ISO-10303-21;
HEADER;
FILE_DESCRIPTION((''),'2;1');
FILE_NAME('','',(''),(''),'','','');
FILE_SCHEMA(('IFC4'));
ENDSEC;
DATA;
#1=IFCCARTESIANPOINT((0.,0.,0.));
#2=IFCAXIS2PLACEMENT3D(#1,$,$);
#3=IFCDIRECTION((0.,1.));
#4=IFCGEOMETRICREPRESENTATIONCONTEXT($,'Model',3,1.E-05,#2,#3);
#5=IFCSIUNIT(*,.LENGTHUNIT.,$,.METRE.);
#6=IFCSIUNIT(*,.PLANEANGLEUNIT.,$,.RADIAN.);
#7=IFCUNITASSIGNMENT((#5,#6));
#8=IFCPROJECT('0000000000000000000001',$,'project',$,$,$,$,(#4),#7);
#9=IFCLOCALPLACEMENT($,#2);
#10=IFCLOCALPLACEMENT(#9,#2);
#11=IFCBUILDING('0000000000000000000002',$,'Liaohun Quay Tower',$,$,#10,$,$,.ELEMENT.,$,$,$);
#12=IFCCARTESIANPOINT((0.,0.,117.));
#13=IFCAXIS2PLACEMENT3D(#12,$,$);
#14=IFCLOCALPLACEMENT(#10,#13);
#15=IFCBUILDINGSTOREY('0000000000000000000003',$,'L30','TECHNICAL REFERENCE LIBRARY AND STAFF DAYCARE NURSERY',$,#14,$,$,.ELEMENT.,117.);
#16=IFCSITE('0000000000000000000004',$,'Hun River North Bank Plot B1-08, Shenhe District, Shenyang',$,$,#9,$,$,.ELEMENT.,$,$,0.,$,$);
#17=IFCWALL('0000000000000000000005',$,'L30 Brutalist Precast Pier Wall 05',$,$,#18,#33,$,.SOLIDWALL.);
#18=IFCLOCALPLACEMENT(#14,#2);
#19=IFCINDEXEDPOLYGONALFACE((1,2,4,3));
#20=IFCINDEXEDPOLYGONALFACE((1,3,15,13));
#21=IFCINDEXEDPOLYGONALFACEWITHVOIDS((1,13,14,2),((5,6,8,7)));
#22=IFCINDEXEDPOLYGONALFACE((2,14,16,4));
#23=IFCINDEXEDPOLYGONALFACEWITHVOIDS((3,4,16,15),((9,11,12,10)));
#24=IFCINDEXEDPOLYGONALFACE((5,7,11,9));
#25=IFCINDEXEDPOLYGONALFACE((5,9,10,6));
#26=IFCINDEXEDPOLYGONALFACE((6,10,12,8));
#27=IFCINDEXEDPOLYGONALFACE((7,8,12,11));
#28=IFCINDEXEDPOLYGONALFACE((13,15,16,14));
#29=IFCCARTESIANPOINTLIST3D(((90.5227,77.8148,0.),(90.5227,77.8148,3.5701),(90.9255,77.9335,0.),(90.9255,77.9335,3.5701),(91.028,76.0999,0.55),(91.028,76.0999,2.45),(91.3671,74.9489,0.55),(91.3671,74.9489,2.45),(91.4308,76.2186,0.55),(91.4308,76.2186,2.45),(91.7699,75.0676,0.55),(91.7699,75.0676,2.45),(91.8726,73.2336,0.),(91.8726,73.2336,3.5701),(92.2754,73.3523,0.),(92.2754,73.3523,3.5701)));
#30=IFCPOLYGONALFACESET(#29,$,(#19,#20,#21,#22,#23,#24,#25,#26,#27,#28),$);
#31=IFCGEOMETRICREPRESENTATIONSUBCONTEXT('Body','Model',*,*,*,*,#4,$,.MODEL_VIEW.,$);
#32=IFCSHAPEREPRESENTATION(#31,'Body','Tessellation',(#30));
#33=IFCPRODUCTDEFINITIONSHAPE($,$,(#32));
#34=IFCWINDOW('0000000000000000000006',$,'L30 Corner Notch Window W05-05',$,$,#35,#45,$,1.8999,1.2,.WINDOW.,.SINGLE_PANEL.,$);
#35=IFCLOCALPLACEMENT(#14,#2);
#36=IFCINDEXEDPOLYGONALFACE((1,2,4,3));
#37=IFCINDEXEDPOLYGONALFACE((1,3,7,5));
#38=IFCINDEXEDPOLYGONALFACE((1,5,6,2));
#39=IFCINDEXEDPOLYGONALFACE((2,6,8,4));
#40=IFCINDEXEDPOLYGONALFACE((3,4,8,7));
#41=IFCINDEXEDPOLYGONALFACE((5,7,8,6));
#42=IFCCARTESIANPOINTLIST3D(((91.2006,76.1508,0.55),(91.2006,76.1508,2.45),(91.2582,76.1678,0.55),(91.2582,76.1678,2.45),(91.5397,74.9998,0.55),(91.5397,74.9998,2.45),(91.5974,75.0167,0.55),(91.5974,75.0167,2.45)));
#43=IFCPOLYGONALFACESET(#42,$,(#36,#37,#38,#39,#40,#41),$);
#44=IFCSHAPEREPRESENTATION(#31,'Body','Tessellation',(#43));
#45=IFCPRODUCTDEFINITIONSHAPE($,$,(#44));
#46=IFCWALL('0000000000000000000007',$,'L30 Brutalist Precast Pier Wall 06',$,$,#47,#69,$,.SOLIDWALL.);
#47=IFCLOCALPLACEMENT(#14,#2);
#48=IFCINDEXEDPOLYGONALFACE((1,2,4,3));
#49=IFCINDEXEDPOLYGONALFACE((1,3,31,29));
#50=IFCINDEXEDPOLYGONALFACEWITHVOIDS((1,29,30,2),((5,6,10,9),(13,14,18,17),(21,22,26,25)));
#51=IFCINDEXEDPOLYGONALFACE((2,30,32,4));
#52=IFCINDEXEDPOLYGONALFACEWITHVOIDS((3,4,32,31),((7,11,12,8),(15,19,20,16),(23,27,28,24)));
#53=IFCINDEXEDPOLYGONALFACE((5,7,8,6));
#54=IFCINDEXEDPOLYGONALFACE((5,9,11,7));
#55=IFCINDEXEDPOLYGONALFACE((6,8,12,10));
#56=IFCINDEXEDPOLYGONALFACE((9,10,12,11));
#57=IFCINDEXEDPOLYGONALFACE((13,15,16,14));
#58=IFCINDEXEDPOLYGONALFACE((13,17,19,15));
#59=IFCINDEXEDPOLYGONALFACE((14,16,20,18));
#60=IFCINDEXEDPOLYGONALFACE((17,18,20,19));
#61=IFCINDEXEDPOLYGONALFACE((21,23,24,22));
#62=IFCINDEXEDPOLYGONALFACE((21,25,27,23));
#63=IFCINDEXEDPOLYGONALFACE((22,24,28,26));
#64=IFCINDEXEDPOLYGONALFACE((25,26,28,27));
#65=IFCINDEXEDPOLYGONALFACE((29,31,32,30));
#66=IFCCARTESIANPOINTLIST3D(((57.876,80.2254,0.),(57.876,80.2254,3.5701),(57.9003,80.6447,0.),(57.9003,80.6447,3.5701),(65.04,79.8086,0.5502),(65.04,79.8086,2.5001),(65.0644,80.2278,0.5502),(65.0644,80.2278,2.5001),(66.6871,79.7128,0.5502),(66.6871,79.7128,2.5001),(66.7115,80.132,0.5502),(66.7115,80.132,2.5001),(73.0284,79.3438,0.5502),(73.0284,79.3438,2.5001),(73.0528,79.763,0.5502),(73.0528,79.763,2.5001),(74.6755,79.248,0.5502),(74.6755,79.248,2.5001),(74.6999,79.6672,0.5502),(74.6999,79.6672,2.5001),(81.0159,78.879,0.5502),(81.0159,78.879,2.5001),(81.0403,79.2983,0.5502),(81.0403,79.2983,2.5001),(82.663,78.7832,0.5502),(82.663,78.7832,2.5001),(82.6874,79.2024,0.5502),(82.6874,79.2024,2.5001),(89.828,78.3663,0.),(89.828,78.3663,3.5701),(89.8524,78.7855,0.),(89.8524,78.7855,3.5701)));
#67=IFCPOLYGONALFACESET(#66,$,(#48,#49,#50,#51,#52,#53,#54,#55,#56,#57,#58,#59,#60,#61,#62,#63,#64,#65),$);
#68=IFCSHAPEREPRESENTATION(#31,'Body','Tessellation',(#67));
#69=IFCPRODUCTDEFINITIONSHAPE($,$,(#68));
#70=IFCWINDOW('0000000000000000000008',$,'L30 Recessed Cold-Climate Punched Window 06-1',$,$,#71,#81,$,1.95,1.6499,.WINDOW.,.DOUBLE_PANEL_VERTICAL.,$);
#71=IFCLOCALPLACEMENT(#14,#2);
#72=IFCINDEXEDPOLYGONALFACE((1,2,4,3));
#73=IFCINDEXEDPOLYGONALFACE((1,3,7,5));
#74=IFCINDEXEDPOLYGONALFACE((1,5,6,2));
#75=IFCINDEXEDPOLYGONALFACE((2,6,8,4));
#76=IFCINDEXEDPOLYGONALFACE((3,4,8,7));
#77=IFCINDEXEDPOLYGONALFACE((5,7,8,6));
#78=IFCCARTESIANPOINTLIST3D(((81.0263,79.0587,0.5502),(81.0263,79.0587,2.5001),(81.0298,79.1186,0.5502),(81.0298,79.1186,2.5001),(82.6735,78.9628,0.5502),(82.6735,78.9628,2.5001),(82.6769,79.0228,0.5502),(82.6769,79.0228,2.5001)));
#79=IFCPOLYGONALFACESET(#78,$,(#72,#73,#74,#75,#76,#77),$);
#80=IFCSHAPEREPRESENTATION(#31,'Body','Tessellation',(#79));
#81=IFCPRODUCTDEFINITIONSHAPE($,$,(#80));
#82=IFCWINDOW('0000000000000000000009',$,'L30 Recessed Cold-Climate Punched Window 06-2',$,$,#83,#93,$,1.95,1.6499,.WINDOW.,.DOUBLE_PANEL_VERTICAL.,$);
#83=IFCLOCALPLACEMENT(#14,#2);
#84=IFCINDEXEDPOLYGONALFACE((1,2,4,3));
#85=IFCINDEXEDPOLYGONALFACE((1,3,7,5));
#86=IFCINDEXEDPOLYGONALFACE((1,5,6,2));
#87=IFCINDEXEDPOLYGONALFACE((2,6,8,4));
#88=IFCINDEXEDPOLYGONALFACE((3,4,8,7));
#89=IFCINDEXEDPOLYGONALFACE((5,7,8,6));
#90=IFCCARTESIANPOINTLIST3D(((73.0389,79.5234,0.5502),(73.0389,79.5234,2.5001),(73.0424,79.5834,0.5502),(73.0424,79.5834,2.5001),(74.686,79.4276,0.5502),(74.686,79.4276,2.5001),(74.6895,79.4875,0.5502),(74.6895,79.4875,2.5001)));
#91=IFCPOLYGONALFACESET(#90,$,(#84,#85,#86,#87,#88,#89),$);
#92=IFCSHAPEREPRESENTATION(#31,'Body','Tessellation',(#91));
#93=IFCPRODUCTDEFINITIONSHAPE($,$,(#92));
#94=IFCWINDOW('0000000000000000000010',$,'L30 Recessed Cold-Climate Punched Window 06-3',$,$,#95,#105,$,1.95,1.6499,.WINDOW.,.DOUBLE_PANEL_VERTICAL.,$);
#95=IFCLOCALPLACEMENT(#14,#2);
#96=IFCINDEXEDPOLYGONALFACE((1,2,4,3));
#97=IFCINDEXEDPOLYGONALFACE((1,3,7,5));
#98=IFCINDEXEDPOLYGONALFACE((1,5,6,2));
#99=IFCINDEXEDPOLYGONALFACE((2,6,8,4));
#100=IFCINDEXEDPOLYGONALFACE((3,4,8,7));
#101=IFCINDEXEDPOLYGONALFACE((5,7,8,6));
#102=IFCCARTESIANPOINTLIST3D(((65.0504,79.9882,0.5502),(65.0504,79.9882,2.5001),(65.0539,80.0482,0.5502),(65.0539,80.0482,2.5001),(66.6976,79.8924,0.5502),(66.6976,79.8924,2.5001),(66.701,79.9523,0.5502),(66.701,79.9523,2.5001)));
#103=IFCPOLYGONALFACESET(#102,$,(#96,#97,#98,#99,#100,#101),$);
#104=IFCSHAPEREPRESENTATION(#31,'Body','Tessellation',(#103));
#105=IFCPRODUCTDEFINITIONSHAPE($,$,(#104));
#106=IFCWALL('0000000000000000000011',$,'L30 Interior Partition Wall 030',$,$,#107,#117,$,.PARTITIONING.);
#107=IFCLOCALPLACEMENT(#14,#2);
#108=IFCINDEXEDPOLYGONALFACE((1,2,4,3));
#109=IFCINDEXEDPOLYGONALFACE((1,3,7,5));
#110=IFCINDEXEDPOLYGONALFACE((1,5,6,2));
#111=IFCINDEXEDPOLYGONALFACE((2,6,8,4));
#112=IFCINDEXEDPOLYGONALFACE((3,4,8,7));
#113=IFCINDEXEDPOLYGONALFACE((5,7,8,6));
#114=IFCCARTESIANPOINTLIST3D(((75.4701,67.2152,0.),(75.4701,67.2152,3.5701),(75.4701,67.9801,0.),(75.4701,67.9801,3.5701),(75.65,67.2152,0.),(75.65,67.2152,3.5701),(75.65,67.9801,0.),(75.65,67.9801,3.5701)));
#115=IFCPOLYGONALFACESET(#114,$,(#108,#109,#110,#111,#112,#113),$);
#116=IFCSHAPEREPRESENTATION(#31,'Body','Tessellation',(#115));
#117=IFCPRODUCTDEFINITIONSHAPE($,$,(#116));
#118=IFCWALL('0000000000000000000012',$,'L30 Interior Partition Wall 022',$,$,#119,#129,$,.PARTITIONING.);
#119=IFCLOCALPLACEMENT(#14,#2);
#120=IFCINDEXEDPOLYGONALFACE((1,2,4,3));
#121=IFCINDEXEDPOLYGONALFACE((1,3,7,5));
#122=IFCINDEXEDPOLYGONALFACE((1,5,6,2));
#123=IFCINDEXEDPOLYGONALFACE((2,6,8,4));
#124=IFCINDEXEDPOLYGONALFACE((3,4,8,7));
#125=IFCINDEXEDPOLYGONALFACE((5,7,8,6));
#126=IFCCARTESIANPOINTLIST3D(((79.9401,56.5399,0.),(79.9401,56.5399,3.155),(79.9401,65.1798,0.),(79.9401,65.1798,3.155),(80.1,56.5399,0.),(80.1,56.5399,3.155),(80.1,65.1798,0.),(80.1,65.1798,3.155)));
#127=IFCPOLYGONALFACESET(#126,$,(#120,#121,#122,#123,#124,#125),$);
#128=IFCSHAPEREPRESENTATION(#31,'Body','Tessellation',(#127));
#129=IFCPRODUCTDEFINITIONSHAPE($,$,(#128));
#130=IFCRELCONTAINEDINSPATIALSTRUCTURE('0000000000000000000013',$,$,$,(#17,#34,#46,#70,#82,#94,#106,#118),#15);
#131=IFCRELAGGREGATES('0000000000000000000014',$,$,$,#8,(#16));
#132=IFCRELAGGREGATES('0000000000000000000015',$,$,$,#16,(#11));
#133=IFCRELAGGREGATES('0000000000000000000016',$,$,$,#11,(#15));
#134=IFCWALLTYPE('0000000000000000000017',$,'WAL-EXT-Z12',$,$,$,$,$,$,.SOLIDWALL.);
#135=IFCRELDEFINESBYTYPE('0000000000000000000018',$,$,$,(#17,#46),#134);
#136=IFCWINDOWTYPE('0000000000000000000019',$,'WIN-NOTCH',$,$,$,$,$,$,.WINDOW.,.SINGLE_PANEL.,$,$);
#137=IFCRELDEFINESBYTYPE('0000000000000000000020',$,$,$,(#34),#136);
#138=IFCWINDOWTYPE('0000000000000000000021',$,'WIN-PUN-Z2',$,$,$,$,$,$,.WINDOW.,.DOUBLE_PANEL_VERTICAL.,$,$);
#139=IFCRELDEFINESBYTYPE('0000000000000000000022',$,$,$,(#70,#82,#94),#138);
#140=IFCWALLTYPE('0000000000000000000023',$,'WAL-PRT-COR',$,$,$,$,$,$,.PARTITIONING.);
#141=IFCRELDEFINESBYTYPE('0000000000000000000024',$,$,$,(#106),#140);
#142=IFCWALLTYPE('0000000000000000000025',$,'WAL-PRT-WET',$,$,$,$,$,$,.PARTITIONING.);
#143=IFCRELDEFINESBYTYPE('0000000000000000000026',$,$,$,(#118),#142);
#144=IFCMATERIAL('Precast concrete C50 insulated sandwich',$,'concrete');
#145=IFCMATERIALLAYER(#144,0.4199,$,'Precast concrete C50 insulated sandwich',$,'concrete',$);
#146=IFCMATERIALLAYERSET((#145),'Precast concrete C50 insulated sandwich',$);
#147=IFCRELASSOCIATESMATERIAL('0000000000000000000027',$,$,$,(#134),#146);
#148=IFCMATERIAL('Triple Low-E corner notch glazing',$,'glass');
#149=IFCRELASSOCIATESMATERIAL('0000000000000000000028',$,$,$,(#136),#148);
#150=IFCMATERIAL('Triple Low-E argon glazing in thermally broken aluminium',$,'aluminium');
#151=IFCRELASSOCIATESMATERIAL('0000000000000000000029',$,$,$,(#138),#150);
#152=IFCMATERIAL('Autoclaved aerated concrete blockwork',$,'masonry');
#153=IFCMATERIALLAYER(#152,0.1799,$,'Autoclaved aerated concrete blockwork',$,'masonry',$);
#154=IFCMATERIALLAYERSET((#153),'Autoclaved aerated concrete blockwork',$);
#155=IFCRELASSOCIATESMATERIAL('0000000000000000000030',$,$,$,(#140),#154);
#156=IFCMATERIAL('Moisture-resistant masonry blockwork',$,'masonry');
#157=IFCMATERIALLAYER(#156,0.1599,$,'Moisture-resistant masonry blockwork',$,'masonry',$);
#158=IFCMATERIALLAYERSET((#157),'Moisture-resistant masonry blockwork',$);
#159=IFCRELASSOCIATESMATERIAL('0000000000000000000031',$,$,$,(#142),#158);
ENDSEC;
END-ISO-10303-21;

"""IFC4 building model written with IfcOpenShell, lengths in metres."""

from ifc_helpers import new_model, si_unit, direction, frame, frame_2d, origin, place, context, subcontext, project, spatial, rectangle, extrude, source, transform, mapped, material, layer, layer_set, type_object, element, fill, save


model = new_model("IFC4")

# Units and contexts
model_context = context("Model", 3, precision=1e-05, world=origin(), true_north=direction((0.0, 1.0)))
body_context = subcontext(model_context, "Body", "Model", "MODEL_VIEW")
ifc_project = project(units=[si_unit("LENGTHUNIT", "METRE"), si_unit("PLANEANGLEUNIT", "RADIAN")], contexts=[model_context])

# Site, building, storey
site_placement = place(None, origin())
site = spatial("IfcSite", under=ifc_project, at=site_placement, Name="Hun River North Bank Plot B1-08, Shenhe District, Shenyang", CompositionType="ELEMENT", RefElevation=0.0)
building_placement = place(site_placement, origin())
building = spatial("IfcBuilding", under=site, at=building_placement, Name="Liaohun Quay Tower", CompositionType="ELEMENT")
storey_placement = place(building_placement, frame((0.0, 0.0, 117.0)))
storey = spatial("IfcBuildingStorey", under=building, at=storey_placement, Name="L30", Description="TECHNICAL REFERENCE LIBRARY AND STAFF DAYCARE NURSERY", CompositionType="ELEMENT", Elevation=117.0)

# Wall, opening, window
ifc_material_1 = material(Name="Precast concrete C50 insulated sandwich", Category="concrete")
ifc_layer_1 = layer(ifc_material_1, 0.4199, Name="Precast concrete C50 insulated sandwich", Category="concrete")
ifc_layer_set_1 = layer_set([ifc_layer_1], Name="Precast concrete C50 insulated sandwich")
wall_type_1 = type_object("IfcWallType", Name="WAL-EXT-Z12", PredefinedType="SOLIDWALL", material=ifc_layer_set_1)
shared_shape_1 = source(origin(), body_context, "Body", "SweptSolid", [
    extrude(rectangle(XDim=1.2, YDim=1.8999, at=frame_2d((0.6001, 0.95))), frame((0.0, 0.22, 0.0), z_axis=(0.0, -1.0, 0.0), x_axis=(1.0, 0.0, 0.0)), (0.0, 0.0, 1.0), 0.4399),
])
ifc_material_2 = material(Name="Triple Low-E corner notch glazing", Category="glass")
window_type_1 = type_object("IfcWindowType", Name="WIN-NOTCH", PartitioningType="SINGLE_PANEL", PredefinedType="WINDOW", material=ifc_material_2)
shared_shape_2 = source(origin(), body_context, "Body", "SweptSolid", [
    extrude(rectangle(XDim=1.2, YDim=1.8999, at=frame_2d((0.6001, 0.95))), frame((0.0, 0.03, 0.0), z_axis=(0.0, -1.0, 0.0), x_axis=(1.0, 0.0, 0.0)), (0.0, 0.0, 1.0), 0.0601),
])
wall_1_placement = place(storey_placement, frame((92.074, 73.293, 0.0), z_axis=(0.0, 0.0, 1.0), x_axis=(-0.282645, 0.959225, 0.0)))
wall_1 = element("IfcWall", 1, at=wall_1_placement, inside=storey, type_object=wall_type_1, Name="L30 Brutalist Precast Pier Wall 05", PredefinedType="SOLIDWALL", context=body_context, shape_type="SweptSolid", body=[
    extrude(rectangle(XDim=4.7759, YDim=0.4199, at=frame_2d((2.3879, 0.0))), origin(), (0.0, 0.0, 1.0), 3.5701),
])
opening_1_placement = place(wall_1_placement, frame((1.7881, 0.0, 0.55)))
opening_1 = element("IfcOpeningElement", 2, at=opening_1_placement, cuts=wall_1, PredefinedType="OPENING", context=body_context, shape_type="MappedRepresentation", body=[
    mapped(shared_shape_1, transform((0.0, 0.0, 0.0), x_axis=(1.0, 0.0, 0.0), y_axis=(0.0, 1.0, 0.0), z_axis=(0.0, 0.0, 1.0), scale=1.0)),
])
window_1_placement = place(opening_1_placement, origin())
window_1 = element("IfcWindow", 3, at=window_1_placement, inside=storey, type_object=window_type_1, Name="L30 Corner Notch Window W05-05", OverallHeight=1.8999, OverallWidth=1.2, PartitioningType="SINGLE_PANEL", PredefinedType="WINDOW", context=body_context, shape_type="MappedRepresentation", body=[
    mapped(shared_shape_2, transform((0.0, 0.0, 0.0), x_axis=(1.0, 0.0, 0.0), y_axis=(0.0, 1.0, 0.0), z_axis=(0.0, 0.0, 1.0), scale=1.0)),
])
fill(opening_1, window_1)

# Wall, openings, windows
wall_2_placement = place(storey_placement, frame((89.8401, 78.5759, 0.0), z_axis=(0.0, 0.0, 1.0), x_axis=(-0.998312, 0.058087, 0.0)))
wall_2 = element("IfcWall", 4, at=wall_2_placement, inside=storey, type_object=wall_type_1, Name="L30 Brutalist Precast Pier Wall 06", PredefinedType="SOLIDWALL", context=body_context, shape_type="SweptSolid", body=[
    extrude(rectangle(XDim=32.0061, YDim=0.4199, at=frame_2d((16.0029, 0.0))), origin(), (0.0, 0.0, 1.0), 3.5701),
])
shared_shape_3 = source(origin(), body_context, "Body", "SweptSolid", [
    extrude(rectangle(XDim=1.6499, YDim=1.95, at=frame_2d((0.825, 0.9751))), frame((0.0, 0.22, 0.0), z_axis=(0.0, -1.0, 0.0), x_axis=(1.0, 0.0, 0.0)), (0.0, 0.0, 1.0), 0.4399),
])
opening_2_placement = place(wall_2_placement, frame((7.177, 0.0, 0.55)))
opening_2 = element("IfcOpeningElement", 5, at=opening_2_placement, cuts=wall_2, PredefinedType="OPENING", context=body_context, shape_type="MappedRepresentation", body=[
    mapped(shared_shape_3, transform((0.0, 0.0, 0.0), x_axis=(1.0, 0.0, 0.0), y_axis=(0.0, 1.0, 0.0), z_axis=(0.0, 0.0, 1.0), scale=1.0)),
])
opening_3_placement = place(wall_2_placement, frame((15.178, 0.0, 0.55)))
opening_3 = element("IfcOpeningElement", 6, at=opening_3_placement, cuts=wall_2, PredefinedType="OPENING", context=body_context, shape_type="MappedRepresentation", body=[
    mapped(shared_shape_3, transform((0.0, 0.0, 0.0), x_axis=(1.0, 0.0, 0.0), y_axis=(0.0, 1.0, 0.0), z_axis=(0.0, 0.0, 1.0), scale=1.0)),
])
opening_4_placement = place(wall_2_placement, frame((23.1799, 0.0, 0.55)))
opening_4 = element("IfcOpeningElement", 7, at=opening_4_placement, cuts=wall_2, PredefinedType="OPENING", context=body_context, shape_type="MappedRepresentation", body=[
    mapped(shared_shape_3, transform((0.0, 0.0, 0.0), x_axis=(1.0, 0.0, 0.0), y_axis=(0.0, 1.0, 0.0), z_axis=(0.0, 0.0, 1.0), scale=1.0)),
])
ifc_material_3 = material(Name="Triple Low-E argon glazing in thermally broken aluminium", Category="aluminium")
window_type_2 = type_object("IfcWindowType", Name="WIN-PUN-Z2", PartitioningType="DOUBLE_PANEL_VERTICAL", PredefinedType="WINDOW", material=ifc_material_3)
shared_shape_4 = source(origin(), body_context, "Body", "SweptSolid", [
    extrude(rectangle(XDim=1.6499, YDim=1.95, at=frame_2d((0.825, 0.9751))), frame((0.0, 0.03, 0.0), z_axis=(0.0, -1.0, 0.0), x_axis=(1.0, 0.0, 0.0)), (0.0, 0.0, 1.0), 0.0601),
])
window_2_placement = place(opening_2_placement, origin())
window_2 = element("IfcWindow", 8, at=window_2_placement, inside=storey, type_object=window_type_2, Name="L30 Recessed Cold-Climate Punched Window 06-1", OverallHeight=1.95, OverallWidth=1.6499, PartitioningType="DOUBLE_PANEL_VERTICAL", PredefinedType="WINDOW", context=body_context, shape_type="MappedRepresentation", body=[
    mapped(shared_shape_4, transform((0.0, 0.0, 0.0), x_axis=(1.0, 0.0, 0.0), y_axis=(0.0, 1.0, 0.0), z_axis=(0.0, 0.0, 1.0), scale=1.0)),
])
fill(opening_2, window_2)
window_3_placement = place(opening_3_placement, origin())
window_3 = element("IfcWindow", 9, at=window_3_placement, inside=storey, type_object=window_type_2, Name="L30 Recessed Cold-Climate Punched Window 06-2", OverallHeight=1.95, OverallWidth=1.6499, PartitioningType="DOUBLE_PANEL_VERTICAL", PredefinedType="WINDOW", context=body_context, shape_type="MappedRepresentation", body=[
    mapped(shared_shape_4, transform((0.0, 0.0, 0.0), x_axis=(1.0, 0.0, 0.0), y_axis=(0.0, 1.0, 0.0), z_axis=(0.0, 0.0, 1.0), scale=1.0)),
])
fill(opening_3, window_3)
window_4_placement = place(opening_4_placement, origin())
window_4 = element("IfcWindow", 10, at=window_4_placement, inside=storey, type_object=window_type_2, Name="L30 Recessed Cold-Climate Punched Window 06-3", OverallHeight=1.95, OverallWidth=1.6499, PartitioningType="DOUBLE_PANEL_VERTICAL", PredefinedType="WINDOW", context=body_context, shape_type="MappedRepresentation", body=[
    mapped(shared_shape_4, transform((0.0, 0.0, 0.0), x_axis=(1.0, 0.0, 0.0), y_axis=(0.0, 1.0, 0.0), z_axis=(0.0, 0.0, 1.0), scale=1.0)),
])
fill(opening_4, window_4)

# Walls
ifc_material_4 = material(Name="Autoclaved aerated concrete blockwork", Category="masonry")
ifc_layer_2 = layer(ifc_material_4, 0.1799, Name="Autoclaved aerated concrete blockwork", Category="masonry")
ifc_layer_set_2 = layer_set([ifc_layer_2], Name="Autoclaved aerated concrete blockwork")
wall_type_2 = type_object("IfcWallType", Name="WAL-PRT-COR", PredefinedType="PARTITIONING", material=ifc_layer_set_2)
wall_3_placement = place(storey_placement, frame((75.5601, 67.98, 0.0), z_axis=(0.0, 0.0, 1.0), x_axis=(0.0, -1.0, 0.0)))
element("IfcWall", 11, at=wall_3_placement, inside=storey, type_object=wall_type_2, Name="L30 Interior Partition Wall 030", PredefinedType="PARTITIONING", context=body_context, shape_type="SweptSolid", body=[
    extrude(rectangle(XDim=0.7649, YDim=0.1799, at=frame_2d((0.3823, 0.0))), origin(), (0.0, 0.0, 1.0), 3.5701),
])
ifc_material_5 = material(Name="Moisture-resistant masonry blockwork", Category="masonry")
ifc_layer_3 = layer(ifc_material_5, 0.1599, Name="Moisture-resistant masonry blockwork", Category="masonry")
ifc_layer_set_3 = layer_set([ifc_layer_3], Name="Moisture-resistant masonry blockwork")
wall_type_3 = type_object("IfcWallType", Name="WAL-PRT-WET", PredefinedType="PARTITIONING", material=ifc_layer_set_3)
wall_4_placement = place(storey_placement, frame((80.02, 56.54, 0.0), z_axis=(0.0, 0.0, 1.0), x_axis=(0.0, 1.0, 0.0)))
element("IfcWall", 12, at=wall_4_placement, inside=storey, type_object=wall_type_3, Name="L30 Interior Partition Wall 022", PredefinedType="PARTITIONING", context=body_context, shape_type="SweptSolid", body=[
    extrude(rectangle(XDim=8.6399, YDim=0.1599, at=frame_2d((4.3198, 0.0))), origin(), (0.0, 0.0, 1.0), 3.155),
])

save(model, "model.ifc")
